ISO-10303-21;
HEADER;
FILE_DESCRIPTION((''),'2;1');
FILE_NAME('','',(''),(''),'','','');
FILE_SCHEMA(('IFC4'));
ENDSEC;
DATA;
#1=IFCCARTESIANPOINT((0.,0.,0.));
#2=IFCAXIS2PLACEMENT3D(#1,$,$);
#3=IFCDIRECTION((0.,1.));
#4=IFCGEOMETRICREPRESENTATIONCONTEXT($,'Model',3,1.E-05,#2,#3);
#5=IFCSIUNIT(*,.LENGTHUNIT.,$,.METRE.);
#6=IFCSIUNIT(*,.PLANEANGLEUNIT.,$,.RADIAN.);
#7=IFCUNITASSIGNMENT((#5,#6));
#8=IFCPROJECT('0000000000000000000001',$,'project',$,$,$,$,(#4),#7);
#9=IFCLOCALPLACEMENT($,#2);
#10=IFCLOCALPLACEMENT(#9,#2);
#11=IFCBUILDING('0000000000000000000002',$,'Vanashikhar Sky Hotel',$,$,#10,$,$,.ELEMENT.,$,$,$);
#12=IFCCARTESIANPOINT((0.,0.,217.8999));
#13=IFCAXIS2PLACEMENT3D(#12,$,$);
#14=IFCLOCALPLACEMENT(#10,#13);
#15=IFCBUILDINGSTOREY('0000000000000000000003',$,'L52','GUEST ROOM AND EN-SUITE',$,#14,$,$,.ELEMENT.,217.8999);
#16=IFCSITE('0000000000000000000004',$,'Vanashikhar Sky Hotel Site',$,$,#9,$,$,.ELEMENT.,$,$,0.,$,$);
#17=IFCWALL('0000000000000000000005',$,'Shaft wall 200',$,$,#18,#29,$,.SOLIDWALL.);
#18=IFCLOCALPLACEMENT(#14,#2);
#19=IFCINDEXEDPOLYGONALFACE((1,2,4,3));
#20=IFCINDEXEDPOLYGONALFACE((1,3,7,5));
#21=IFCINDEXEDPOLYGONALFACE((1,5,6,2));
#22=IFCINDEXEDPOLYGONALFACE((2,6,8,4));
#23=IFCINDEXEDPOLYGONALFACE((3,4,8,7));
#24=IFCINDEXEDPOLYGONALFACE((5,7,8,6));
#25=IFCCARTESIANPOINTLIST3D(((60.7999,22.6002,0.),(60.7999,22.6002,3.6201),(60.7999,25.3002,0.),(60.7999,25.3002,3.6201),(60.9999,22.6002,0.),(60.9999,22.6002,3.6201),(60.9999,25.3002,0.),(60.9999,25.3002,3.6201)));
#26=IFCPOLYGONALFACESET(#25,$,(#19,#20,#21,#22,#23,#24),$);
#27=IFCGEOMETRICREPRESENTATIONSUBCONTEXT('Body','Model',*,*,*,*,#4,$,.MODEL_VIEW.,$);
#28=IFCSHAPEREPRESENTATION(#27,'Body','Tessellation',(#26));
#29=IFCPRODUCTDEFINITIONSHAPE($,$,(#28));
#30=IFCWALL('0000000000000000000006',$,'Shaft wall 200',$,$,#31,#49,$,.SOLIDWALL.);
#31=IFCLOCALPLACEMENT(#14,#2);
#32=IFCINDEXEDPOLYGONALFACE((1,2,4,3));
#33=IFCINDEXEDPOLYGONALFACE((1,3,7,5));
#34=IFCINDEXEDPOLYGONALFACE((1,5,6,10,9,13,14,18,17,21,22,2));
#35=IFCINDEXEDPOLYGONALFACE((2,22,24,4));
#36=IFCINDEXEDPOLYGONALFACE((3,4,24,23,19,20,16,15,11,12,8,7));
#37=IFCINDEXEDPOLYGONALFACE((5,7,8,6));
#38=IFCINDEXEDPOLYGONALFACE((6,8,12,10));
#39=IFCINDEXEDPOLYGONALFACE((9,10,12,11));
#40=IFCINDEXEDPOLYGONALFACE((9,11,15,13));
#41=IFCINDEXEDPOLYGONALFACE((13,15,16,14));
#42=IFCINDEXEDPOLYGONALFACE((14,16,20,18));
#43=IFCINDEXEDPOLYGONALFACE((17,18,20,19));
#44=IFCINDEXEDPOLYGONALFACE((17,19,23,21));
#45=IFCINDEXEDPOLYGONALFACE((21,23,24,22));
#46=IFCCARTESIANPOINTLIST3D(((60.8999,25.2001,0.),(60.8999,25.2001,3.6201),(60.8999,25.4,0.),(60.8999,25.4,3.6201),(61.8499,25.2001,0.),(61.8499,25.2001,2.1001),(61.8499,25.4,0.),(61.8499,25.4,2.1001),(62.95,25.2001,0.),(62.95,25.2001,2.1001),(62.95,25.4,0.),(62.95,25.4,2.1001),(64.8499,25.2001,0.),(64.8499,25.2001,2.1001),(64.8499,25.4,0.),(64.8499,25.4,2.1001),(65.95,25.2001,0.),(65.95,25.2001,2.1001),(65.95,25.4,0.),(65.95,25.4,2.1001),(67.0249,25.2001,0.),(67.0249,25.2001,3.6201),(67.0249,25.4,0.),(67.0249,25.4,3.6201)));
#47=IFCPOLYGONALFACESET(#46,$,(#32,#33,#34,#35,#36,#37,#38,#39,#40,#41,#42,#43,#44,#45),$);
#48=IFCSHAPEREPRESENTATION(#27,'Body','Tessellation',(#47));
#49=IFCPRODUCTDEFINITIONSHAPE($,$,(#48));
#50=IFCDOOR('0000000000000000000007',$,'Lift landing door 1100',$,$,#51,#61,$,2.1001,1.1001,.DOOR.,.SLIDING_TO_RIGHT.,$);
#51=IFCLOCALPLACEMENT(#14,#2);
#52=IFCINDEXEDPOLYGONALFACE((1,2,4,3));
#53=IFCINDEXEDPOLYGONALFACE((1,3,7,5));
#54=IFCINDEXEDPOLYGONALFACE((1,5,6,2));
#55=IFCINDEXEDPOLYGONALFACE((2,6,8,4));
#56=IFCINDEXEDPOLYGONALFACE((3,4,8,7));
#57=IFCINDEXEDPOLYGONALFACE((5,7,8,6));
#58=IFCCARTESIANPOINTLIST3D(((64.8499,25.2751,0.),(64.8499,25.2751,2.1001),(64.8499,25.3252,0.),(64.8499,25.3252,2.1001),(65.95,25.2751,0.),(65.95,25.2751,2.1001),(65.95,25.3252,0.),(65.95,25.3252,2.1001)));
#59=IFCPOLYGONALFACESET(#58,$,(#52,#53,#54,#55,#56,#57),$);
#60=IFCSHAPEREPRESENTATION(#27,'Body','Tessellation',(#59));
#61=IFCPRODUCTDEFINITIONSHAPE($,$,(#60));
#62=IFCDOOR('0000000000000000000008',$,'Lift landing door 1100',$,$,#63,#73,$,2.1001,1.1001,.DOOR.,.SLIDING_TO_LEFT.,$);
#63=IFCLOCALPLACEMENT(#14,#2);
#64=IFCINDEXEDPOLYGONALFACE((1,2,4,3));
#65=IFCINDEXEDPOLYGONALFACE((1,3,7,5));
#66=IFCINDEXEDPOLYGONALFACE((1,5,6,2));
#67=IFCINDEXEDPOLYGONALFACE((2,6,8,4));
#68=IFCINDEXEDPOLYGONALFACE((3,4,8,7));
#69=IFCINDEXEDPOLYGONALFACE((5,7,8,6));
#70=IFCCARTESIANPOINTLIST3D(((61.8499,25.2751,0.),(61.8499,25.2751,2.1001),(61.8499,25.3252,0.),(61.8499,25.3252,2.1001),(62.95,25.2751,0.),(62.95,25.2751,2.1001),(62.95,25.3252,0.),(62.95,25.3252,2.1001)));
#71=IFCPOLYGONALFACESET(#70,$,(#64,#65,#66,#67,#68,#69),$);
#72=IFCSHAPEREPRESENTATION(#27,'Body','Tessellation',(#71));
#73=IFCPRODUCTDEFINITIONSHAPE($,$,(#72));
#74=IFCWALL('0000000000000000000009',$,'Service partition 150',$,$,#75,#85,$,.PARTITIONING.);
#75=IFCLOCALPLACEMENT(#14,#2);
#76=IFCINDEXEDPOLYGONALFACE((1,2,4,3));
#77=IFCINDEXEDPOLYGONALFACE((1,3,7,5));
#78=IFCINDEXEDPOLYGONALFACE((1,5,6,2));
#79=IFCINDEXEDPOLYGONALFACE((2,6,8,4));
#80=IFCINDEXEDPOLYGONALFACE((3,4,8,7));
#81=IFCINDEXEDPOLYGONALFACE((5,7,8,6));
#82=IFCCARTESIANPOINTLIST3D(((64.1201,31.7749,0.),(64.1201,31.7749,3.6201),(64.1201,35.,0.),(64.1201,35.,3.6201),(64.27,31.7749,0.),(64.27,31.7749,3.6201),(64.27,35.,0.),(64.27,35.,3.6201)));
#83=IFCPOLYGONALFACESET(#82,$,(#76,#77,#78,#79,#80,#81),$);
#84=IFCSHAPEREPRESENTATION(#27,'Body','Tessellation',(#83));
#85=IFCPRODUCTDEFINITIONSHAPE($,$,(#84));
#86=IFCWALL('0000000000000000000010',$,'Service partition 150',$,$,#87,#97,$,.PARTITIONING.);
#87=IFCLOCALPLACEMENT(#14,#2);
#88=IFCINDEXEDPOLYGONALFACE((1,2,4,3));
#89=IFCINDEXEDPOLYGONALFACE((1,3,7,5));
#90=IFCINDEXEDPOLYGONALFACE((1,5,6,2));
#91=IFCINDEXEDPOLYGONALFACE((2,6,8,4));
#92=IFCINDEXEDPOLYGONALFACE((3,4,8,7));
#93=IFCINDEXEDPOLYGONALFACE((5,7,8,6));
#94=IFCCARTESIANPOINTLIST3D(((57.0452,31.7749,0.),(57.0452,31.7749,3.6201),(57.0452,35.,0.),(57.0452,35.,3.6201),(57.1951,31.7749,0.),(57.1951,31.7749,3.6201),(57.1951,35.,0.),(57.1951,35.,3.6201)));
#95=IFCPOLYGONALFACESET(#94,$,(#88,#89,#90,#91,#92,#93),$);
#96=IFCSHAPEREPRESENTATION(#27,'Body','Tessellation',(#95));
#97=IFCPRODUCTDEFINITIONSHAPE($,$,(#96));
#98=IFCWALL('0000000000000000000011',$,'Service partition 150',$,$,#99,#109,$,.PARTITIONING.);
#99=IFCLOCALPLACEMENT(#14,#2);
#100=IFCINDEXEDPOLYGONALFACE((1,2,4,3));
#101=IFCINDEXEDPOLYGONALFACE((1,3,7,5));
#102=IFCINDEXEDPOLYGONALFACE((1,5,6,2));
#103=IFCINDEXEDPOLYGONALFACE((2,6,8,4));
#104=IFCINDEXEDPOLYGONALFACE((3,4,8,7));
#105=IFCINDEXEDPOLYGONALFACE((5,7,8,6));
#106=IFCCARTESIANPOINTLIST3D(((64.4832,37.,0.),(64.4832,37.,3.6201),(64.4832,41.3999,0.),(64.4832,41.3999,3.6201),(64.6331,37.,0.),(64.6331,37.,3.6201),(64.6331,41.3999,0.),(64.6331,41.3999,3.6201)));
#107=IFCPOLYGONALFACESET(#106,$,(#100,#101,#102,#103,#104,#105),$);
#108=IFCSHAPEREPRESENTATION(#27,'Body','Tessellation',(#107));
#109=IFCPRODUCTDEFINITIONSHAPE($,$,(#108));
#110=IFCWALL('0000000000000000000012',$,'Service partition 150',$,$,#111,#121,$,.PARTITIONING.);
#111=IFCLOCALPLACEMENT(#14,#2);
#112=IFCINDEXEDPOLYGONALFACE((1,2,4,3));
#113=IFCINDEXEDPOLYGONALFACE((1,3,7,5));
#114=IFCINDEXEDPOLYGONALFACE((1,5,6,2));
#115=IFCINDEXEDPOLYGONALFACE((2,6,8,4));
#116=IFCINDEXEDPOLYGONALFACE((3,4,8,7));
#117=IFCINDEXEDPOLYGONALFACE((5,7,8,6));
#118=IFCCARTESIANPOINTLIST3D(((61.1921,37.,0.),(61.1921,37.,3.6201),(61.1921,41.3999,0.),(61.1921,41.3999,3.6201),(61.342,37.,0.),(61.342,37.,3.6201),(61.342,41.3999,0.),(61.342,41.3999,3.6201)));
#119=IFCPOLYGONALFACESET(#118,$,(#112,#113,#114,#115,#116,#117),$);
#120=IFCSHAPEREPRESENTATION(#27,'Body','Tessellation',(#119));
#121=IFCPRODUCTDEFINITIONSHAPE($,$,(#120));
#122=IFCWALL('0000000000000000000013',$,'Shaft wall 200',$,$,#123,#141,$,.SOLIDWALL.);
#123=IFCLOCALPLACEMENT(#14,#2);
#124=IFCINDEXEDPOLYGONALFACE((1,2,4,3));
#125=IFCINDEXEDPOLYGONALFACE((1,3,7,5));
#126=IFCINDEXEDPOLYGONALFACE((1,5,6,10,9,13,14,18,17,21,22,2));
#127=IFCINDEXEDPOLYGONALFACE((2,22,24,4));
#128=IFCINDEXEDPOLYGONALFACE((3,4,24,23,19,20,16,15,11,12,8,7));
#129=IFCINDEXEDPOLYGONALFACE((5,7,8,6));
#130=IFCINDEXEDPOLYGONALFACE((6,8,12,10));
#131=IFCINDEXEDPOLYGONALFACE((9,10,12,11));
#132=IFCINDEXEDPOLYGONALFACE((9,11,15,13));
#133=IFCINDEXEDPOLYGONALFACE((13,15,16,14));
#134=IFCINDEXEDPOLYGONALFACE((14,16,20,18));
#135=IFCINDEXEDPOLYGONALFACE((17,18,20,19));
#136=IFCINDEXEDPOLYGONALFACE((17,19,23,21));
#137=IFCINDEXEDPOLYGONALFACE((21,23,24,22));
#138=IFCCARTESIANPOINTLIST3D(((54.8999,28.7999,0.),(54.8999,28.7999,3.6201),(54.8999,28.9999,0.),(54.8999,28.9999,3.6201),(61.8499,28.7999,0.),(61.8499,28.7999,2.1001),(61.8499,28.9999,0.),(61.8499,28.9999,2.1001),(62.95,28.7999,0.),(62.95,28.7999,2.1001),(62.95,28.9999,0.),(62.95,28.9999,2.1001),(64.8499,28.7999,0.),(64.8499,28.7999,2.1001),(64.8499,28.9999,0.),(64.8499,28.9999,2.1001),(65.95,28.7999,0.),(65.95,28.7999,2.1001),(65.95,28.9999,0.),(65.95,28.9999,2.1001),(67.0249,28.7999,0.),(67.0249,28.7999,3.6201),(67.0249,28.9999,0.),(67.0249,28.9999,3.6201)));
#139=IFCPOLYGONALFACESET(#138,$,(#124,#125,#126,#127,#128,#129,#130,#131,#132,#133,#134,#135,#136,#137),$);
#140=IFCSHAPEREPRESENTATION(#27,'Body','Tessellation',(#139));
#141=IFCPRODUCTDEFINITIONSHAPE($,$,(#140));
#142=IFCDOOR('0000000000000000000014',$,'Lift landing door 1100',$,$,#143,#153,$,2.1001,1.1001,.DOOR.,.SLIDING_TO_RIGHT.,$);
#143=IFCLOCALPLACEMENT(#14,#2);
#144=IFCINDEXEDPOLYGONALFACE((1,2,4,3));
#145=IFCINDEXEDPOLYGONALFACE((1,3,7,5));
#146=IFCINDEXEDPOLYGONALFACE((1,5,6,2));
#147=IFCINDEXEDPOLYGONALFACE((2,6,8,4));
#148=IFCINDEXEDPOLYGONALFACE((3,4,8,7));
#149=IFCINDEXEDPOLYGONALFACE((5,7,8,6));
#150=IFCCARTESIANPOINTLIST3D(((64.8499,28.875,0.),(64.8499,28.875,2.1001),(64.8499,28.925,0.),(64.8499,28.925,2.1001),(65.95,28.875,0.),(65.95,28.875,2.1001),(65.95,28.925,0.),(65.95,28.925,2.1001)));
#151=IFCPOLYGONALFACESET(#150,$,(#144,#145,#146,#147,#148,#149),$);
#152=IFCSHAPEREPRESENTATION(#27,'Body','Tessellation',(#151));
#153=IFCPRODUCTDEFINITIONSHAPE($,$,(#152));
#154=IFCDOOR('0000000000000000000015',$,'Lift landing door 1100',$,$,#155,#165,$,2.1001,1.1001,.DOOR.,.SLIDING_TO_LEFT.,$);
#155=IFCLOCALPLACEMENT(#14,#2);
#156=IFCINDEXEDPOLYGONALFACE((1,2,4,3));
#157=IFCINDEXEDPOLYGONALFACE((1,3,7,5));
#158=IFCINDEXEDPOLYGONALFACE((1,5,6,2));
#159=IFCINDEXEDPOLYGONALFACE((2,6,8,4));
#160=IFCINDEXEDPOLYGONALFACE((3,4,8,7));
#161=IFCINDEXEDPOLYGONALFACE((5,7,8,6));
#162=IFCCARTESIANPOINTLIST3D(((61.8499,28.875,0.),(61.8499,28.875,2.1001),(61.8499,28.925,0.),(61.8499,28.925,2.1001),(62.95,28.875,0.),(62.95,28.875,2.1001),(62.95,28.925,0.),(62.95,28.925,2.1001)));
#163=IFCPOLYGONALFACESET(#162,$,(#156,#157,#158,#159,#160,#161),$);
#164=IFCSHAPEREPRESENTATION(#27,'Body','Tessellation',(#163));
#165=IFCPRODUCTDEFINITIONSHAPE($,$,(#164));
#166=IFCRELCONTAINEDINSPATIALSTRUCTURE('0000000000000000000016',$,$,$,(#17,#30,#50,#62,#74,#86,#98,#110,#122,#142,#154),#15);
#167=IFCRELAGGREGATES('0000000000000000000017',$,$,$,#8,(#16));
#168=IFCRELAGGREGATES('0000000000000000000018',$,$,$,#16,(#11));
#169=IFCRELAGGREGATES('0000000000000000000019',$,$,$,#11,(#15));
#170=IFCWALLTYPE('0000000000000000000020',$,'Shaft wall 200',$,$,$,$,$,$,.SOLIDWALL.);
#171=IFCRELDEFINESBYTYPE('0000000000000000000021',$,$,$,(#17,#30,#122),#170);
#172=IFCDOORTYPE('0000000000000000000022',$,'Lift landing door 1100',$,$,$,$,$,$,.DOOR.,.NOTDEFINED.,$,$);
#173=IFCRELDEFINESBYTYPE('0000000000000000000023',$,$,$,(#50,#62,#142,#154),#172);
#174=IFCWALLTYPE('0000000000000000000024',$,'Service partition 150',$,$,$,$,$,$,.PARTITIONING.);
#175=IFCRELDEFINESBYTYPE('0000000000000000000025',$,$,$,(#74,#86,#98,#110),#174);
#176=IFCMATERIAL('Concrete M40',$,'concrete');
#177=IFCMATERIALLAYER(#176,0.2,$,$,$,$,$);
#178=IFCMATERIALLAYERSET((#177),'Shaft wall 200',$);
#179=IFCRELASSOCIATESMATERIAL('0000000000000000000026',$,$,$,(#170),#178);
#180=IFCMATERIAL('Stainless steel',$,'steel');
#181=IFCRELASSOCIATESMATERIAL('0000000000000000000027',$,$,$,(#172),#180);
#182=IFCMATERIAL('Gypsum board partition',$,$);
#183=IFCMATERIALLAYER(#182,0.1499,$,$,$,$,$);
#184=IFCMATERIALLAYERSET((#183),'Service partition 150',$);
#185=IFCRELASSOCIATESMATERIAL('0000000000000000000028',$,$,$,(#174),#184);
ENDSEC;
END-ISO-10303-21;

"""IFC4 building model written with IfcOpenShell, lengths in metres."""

from ifc_helpers import new_model, si_unit, direction, frame, frame_2d, origin, place, context, subcontext, project, spatial, rectangle, extrude, source, transform, mapped, material, layer, layer_set, type_object, element, fill, save


model = new_model("IFC4")

# Units and contexts
model_context = context("Model", 3, precision=1e-05, world=origin(), true_north=direction((0.0, 1.0)))
body_context = subcontext(model_context, "Body", "Model", "MODEL_VIEW")
ifc_project = project(units=[si_unit("LENGTHUNIT", "METRE"), si_unit("PLANEANGLEUNIT", "RADIAN")], contexts=[model_context])

# Site, building, storey
site_placement = place(None, origin())
site = spatial("IfcSite", under=ifc_project, at=site_placement, Name="Vanashikhar Sky Hotel Site", CompositionType="ELEMENT", RefElevation=0.0)
building_placement = place(site_placement, origin())
building = spatial("IfcBuilding", under=site, at=building_placement, Name="Vanashikhar Sky Hotel", CompositionType="ELEMENT")
storey_placement = place(building_placement, frame((0.0, 0.0, 217.8999)))
storey = spatial("IfcBuildingStorey", under=building, at=storey_placement, Name="L52", Description="GUEST ROOM AND EN-SUITE", CompositionType="ELEMENT", Elevation=217.8999)

# Wall
ifc_material_1 = material(Name="Concrete M40", Category="concrete")
ifc_layer_1 = layer(ifc_material_1, 0.2)
ifc_layer_set_1 = layer_set([ifc_layer_1], Name="Shaft wall 200")
wall_type_1 = type_object("IfcWallType", Name="Shaft wall 200", PredefinedType="SOLIDWALL", material=ifc_layer_set_1)
shared_shape_1 = source(origin(), body_context, "Body", "SweptSolid", [
    extrude(rectangle(XDim=2.7, YDim=0.2, at=frame_2d((1.3501, 0.0))), origin(), (0.0, 0.0, 1.0), 3.6201),
])
wall_1_placement = place(storey_placement, frame((60.8999, 22.6001, 0.0), z_axis=(0.0, 0.0, 1.0), x_axis=(0.0, 1.0, 0.0)))
element("IfcWall", 1, at=wall_1_placement, inside=storey, type_object=wall_type_1, Name="Shaft wall 200", PredefinedType="SOLIDWALL", context=body_context, shape_type="MappedRepresentation", body=[
    mapped(shared_shape_1, transform((0.0, 0.0, 0.0), scale=1.0)),
])

# Wall, openings, doors
shared_shape_2 = source(origin(), body_context, "Body", "SweptSolid", [
    extrude(rectangle(XDim=6.125, YDim=0.2, at=frame_2d((3.0625, 0.0))), origin(), (0.0, 0.0, 1.0), 3.6201),
])
wall_2_placement = place(storey_placement, frame((67.0249, 25.3, 0.0), z_axis=(0.0, 0.0, 1.0), x_axis=(-1.0, 0.0, 0.0)))
wall_2 = element("IfcWall", 2, at=wall_2_placement, inside=storey, type_object=wall_type_1, Name="Shaft wall 200", PredefinedType="SOLIDWALL", context=body_context, shape_type="MappedRepresentation", body=[
    mapped(shared_shape_2, transform((0.0, 0.0, 0.0), scale=1.0)),
])
shared_shape_3 = source(origin(), body_context, "Body", "SweptSolid", [
    extrude(rectangle(XDim=1.1001, YDim=2.1001, at=frame_2d((0.55, 1.05))), frame((0.0, 0.1099, 0.0), z_axis=(0.0, -1.0, 0.0), x_axis=(1.0, 0.0, 0.0)), (0.0, 0.0, 1.0), 0.22),
])
opening_1_placement = place(wall_2_placement, frame((1.075, 0.0, 0.0)))
opening_1 = element("IfcOpeningElement", 3, at=opening_1_placement, cuts=wall_2, PredefinedType="OPENING", context=body_context, shape_type="MappedRepresentation", body=[
    mapped(shared_shape_3, transform((0.0, 0.0, 0.0), scale=1.0)),
])
opening_2_placement = place(wall_2_placement, frame((4.075, 0.0, 0.0)))
opening_2 = element("IfcOpeningElement", 4, at=opening_2_placement, cuts=wall_2, PredefinedType="OPENING", context=body_context, shape_type="MappedRepresentation", body=[
    mapped(shared_shape_3, transform((0.0, 0.0, 0.0), scale=1.0)),
])
ifc_material_2 = material(Name="Stainless steel", Category="steel")
door_type_1 = type_object("IfcDoorType", Name="Lift landing door 1100", OperationType="NOTDEFINED", PredefinedType="DOOR", material=ifc_material_2)
shared_shape_4 = source(origin(), body_context, "Body", "SweptSolid", [
    extrude(rectangle(XDim=1.1001, YDim=2.1001, at=frame_2d((0.55, 1.05))), frame((0.0, 0.0249, 0.0), z_axis=(0.0, -1.0, 0.0), x_axis=(1.0, 0.0, 0.0)), (0.0, 0.0, 1.0), 0.05),
])
door_1_placement = place(opening_1_placement, origin())
door_1 = element("IfcDoor", 5, at=door_1_placement, inside=storey, type_object=door_type_1, Name="Lift landing door 1100", OperationType="SLIDING_TO_RIGHT", OverallHeight=2.1001, OverallWidth=1.1001, PredefinedType="DOOR", context=body_context, shape_type="MappedRepresentation", body=[
    mapped(shared_shape_4, transform((0.0, 0.0, 0.0), scale=1.0)),
])
fill(opening_1, door_1)
door_2_placement = place(opening_2_placement, origin())
door_2 = element("IfcDoor", 6, at=door_2_placement, inside=storey, type_object=door_type_1, Name="Lift landing door 1100", OperationType="SLIDING_TO_LEFT", OverallHeight=2.1001, OverallWidth=1.1001, PredefinedType="DOOR", context=body_context, shape_type="MappedRepresentation", body=[
    mapped(shared_shape_4, transform((0.0, 0.0, 0.0), scale=1.0)),
])
fill(opening_2, door_2)

# Walls
ifc_material_3 = material(Name="Gypsum board partition")
ifc_layer_2 = layer(ifc_material_3, 0.1499)
ifc_layer_set_2 = layer_set([ifc_layer_2], Name="Service partition 150")
wall_type_2 = type_object("IfcWallType", Name="Service partition 150", PredefinedType="PARTITIONING", material=ifc_layer_set_2)
shared_shape_5 = source(origin(), body_context, "Body", "SweptSolid", [
    extrude(rectangle(XDim=3.2251, YDim=0.1499, at=frame_2d((1.6125, 0.0))), origin(), (0.0, 0.0, 1.0), 3.6201),
])
for number, where, z_axis, x_axis, name in (
    (7, (64.1951, 31.7749, 0.0), (0.0, 0.0, 1.0), (0.0, 1.0, 0.0), "Service partition 150"),
    (8, (57.1201, 31.7749, 0.0), (0.0, 0.0, 1.0), (0.0, 1.0, 0.0), "Service partition 150"),
):
    element("IfcWall", number, at=place(storey_placement, frame(where, z_axis=z_axis, x_axis=x_axis)), inside=storey, type_object=wall_type_2, Name=name, PredefinedType="PARTITIONING", context=body_context, shape_type="MappedRepresentation", body=[
        mapped(shared_shape_5, transform((0.0, 0.0, 0.0), scale=1.0)),
    ])
shared_shape_6 = source(origin(), body_context, "Body", "SweptSolid", [
    extrude(rectangle(XDim=4.3999, YDim=0.1499, at=frame_2d((2.2, 0.0))), origin(), (0.0, 0.0, 1.0), 3.6201),
])
for number, where, z_axis, x_axis, name in (
    (9, (64.5581, 37.0, 0.0), (0.0, 0.0, 1.0), (0.0, 1.0, 0.0), "Service partition 150"),
    (10, (61.2671, 37.0, 0.0), (0.0, 0.0, 1.0), (0.0, 1.0, 0.0), "Service partition 150"),
):
    element("IfcWall", number, at=place(storey_placement, frame(where, z_axis=z_axis, x_axis=x_axis)), inside=storey, type_object=wall_type_2, Name=name, PredefinedType="PARTITIONING", context=body_context, shape_type="MappedRepresentation", body=[
        mapped(shared_shape_6, transform((0.0, 0.0, 0.0), scale=1.0)),
    ])

# Wall, openings, doors
shared_shape_7 = source(origin(), body_context, "Body", "SweptSolid", [
    extrude(rectangle(XDim=12.125, YDim=0.2, at=frame_2d((6.0625, 0.0))), origin(), (0.0, 0.0, 1.0), 3.6201),
])
wall_3_placement = place(storey_placement, frame((67.0249, 28.8999, 0.0), z_axis=(0.0, 0.0, 1.0), x_axis=(-1.0, 0.0, 0.0)))
wall_3 = element("IfcWall", 11, at=wall_3_placement, inside=storey, type_object=wall_type_1, Name="Shaft wall 200", PredefinedType="SOLIDWALL", context=body_context, shape_type="MappedRepresentation", body=[
    mapped(shared_shape_7, transform((0.0, 0.0, 0.0), scale=1.0)),
])
opening_3_placement = place(wall_3_placement, frame((1.075, 0.0, 0.0)))
opening_3 = element("IfcOpeningElement", 12, at=opening_3_placement, cuts=wall_3, PredefinedType="OPENING", context=body_context, shape_type="MappedRepresentation", body=[
    mapped(shared_shape_3, transform((0.0, 0.0, 0.0), scale=1.0)),
])
opening_4_placement = place(wall_3_placement, frame((4.075, 0.0, 0.0)))
opening_4 = element("IfcOpeningElement", 13, at=opening_4_placement, cuts=wall_3, PredefinedType="OPENING", context=body_context, shape_type="MappedRepresentation", body=[
    mapped(shared_shape_3, transform((0.0, 0.0, 0.0), scale=1.0)),
])
door_3_placement = place(opening_3_placement, origin())
door_3 = element("IfcDoor", 14, at=door_3_placement, inside=storey, type_object=door_type_1, Name="Lift landing door 1100", OperationType="SLIDING_TO_RIGHT", OverallHeight=2.1001, OverallWidth=1.1001, PredefinedType="DOOR", context=body_context, shape_type="MappedRepresentation", body=[
    mapped(shared_shape_4, transform((0.0, 0.0, 0.0), scale=1.0)),
])
fill(opening_3, door_3)
door_4_placement = place(opening_4_placement, origin())
door_4 = element("IfcDoor", 15, at=door_4_placement, inside=storey, type_object=door_type_1, Name="Lift landing door 1100", OperationType="SLIDING_TO_LEFT", OverallHeight=2.1001, OverallWidth=1.1001, PredefinedType="DOOR", context=body_context, shape_type="MappedRepresentation", body=[
    mapped(shared_shape_4, transform((0.0, 0.0, 0.0), scale=1.0)),
])
fill(opening_4, door_4)

save(model, "model.ifc")
